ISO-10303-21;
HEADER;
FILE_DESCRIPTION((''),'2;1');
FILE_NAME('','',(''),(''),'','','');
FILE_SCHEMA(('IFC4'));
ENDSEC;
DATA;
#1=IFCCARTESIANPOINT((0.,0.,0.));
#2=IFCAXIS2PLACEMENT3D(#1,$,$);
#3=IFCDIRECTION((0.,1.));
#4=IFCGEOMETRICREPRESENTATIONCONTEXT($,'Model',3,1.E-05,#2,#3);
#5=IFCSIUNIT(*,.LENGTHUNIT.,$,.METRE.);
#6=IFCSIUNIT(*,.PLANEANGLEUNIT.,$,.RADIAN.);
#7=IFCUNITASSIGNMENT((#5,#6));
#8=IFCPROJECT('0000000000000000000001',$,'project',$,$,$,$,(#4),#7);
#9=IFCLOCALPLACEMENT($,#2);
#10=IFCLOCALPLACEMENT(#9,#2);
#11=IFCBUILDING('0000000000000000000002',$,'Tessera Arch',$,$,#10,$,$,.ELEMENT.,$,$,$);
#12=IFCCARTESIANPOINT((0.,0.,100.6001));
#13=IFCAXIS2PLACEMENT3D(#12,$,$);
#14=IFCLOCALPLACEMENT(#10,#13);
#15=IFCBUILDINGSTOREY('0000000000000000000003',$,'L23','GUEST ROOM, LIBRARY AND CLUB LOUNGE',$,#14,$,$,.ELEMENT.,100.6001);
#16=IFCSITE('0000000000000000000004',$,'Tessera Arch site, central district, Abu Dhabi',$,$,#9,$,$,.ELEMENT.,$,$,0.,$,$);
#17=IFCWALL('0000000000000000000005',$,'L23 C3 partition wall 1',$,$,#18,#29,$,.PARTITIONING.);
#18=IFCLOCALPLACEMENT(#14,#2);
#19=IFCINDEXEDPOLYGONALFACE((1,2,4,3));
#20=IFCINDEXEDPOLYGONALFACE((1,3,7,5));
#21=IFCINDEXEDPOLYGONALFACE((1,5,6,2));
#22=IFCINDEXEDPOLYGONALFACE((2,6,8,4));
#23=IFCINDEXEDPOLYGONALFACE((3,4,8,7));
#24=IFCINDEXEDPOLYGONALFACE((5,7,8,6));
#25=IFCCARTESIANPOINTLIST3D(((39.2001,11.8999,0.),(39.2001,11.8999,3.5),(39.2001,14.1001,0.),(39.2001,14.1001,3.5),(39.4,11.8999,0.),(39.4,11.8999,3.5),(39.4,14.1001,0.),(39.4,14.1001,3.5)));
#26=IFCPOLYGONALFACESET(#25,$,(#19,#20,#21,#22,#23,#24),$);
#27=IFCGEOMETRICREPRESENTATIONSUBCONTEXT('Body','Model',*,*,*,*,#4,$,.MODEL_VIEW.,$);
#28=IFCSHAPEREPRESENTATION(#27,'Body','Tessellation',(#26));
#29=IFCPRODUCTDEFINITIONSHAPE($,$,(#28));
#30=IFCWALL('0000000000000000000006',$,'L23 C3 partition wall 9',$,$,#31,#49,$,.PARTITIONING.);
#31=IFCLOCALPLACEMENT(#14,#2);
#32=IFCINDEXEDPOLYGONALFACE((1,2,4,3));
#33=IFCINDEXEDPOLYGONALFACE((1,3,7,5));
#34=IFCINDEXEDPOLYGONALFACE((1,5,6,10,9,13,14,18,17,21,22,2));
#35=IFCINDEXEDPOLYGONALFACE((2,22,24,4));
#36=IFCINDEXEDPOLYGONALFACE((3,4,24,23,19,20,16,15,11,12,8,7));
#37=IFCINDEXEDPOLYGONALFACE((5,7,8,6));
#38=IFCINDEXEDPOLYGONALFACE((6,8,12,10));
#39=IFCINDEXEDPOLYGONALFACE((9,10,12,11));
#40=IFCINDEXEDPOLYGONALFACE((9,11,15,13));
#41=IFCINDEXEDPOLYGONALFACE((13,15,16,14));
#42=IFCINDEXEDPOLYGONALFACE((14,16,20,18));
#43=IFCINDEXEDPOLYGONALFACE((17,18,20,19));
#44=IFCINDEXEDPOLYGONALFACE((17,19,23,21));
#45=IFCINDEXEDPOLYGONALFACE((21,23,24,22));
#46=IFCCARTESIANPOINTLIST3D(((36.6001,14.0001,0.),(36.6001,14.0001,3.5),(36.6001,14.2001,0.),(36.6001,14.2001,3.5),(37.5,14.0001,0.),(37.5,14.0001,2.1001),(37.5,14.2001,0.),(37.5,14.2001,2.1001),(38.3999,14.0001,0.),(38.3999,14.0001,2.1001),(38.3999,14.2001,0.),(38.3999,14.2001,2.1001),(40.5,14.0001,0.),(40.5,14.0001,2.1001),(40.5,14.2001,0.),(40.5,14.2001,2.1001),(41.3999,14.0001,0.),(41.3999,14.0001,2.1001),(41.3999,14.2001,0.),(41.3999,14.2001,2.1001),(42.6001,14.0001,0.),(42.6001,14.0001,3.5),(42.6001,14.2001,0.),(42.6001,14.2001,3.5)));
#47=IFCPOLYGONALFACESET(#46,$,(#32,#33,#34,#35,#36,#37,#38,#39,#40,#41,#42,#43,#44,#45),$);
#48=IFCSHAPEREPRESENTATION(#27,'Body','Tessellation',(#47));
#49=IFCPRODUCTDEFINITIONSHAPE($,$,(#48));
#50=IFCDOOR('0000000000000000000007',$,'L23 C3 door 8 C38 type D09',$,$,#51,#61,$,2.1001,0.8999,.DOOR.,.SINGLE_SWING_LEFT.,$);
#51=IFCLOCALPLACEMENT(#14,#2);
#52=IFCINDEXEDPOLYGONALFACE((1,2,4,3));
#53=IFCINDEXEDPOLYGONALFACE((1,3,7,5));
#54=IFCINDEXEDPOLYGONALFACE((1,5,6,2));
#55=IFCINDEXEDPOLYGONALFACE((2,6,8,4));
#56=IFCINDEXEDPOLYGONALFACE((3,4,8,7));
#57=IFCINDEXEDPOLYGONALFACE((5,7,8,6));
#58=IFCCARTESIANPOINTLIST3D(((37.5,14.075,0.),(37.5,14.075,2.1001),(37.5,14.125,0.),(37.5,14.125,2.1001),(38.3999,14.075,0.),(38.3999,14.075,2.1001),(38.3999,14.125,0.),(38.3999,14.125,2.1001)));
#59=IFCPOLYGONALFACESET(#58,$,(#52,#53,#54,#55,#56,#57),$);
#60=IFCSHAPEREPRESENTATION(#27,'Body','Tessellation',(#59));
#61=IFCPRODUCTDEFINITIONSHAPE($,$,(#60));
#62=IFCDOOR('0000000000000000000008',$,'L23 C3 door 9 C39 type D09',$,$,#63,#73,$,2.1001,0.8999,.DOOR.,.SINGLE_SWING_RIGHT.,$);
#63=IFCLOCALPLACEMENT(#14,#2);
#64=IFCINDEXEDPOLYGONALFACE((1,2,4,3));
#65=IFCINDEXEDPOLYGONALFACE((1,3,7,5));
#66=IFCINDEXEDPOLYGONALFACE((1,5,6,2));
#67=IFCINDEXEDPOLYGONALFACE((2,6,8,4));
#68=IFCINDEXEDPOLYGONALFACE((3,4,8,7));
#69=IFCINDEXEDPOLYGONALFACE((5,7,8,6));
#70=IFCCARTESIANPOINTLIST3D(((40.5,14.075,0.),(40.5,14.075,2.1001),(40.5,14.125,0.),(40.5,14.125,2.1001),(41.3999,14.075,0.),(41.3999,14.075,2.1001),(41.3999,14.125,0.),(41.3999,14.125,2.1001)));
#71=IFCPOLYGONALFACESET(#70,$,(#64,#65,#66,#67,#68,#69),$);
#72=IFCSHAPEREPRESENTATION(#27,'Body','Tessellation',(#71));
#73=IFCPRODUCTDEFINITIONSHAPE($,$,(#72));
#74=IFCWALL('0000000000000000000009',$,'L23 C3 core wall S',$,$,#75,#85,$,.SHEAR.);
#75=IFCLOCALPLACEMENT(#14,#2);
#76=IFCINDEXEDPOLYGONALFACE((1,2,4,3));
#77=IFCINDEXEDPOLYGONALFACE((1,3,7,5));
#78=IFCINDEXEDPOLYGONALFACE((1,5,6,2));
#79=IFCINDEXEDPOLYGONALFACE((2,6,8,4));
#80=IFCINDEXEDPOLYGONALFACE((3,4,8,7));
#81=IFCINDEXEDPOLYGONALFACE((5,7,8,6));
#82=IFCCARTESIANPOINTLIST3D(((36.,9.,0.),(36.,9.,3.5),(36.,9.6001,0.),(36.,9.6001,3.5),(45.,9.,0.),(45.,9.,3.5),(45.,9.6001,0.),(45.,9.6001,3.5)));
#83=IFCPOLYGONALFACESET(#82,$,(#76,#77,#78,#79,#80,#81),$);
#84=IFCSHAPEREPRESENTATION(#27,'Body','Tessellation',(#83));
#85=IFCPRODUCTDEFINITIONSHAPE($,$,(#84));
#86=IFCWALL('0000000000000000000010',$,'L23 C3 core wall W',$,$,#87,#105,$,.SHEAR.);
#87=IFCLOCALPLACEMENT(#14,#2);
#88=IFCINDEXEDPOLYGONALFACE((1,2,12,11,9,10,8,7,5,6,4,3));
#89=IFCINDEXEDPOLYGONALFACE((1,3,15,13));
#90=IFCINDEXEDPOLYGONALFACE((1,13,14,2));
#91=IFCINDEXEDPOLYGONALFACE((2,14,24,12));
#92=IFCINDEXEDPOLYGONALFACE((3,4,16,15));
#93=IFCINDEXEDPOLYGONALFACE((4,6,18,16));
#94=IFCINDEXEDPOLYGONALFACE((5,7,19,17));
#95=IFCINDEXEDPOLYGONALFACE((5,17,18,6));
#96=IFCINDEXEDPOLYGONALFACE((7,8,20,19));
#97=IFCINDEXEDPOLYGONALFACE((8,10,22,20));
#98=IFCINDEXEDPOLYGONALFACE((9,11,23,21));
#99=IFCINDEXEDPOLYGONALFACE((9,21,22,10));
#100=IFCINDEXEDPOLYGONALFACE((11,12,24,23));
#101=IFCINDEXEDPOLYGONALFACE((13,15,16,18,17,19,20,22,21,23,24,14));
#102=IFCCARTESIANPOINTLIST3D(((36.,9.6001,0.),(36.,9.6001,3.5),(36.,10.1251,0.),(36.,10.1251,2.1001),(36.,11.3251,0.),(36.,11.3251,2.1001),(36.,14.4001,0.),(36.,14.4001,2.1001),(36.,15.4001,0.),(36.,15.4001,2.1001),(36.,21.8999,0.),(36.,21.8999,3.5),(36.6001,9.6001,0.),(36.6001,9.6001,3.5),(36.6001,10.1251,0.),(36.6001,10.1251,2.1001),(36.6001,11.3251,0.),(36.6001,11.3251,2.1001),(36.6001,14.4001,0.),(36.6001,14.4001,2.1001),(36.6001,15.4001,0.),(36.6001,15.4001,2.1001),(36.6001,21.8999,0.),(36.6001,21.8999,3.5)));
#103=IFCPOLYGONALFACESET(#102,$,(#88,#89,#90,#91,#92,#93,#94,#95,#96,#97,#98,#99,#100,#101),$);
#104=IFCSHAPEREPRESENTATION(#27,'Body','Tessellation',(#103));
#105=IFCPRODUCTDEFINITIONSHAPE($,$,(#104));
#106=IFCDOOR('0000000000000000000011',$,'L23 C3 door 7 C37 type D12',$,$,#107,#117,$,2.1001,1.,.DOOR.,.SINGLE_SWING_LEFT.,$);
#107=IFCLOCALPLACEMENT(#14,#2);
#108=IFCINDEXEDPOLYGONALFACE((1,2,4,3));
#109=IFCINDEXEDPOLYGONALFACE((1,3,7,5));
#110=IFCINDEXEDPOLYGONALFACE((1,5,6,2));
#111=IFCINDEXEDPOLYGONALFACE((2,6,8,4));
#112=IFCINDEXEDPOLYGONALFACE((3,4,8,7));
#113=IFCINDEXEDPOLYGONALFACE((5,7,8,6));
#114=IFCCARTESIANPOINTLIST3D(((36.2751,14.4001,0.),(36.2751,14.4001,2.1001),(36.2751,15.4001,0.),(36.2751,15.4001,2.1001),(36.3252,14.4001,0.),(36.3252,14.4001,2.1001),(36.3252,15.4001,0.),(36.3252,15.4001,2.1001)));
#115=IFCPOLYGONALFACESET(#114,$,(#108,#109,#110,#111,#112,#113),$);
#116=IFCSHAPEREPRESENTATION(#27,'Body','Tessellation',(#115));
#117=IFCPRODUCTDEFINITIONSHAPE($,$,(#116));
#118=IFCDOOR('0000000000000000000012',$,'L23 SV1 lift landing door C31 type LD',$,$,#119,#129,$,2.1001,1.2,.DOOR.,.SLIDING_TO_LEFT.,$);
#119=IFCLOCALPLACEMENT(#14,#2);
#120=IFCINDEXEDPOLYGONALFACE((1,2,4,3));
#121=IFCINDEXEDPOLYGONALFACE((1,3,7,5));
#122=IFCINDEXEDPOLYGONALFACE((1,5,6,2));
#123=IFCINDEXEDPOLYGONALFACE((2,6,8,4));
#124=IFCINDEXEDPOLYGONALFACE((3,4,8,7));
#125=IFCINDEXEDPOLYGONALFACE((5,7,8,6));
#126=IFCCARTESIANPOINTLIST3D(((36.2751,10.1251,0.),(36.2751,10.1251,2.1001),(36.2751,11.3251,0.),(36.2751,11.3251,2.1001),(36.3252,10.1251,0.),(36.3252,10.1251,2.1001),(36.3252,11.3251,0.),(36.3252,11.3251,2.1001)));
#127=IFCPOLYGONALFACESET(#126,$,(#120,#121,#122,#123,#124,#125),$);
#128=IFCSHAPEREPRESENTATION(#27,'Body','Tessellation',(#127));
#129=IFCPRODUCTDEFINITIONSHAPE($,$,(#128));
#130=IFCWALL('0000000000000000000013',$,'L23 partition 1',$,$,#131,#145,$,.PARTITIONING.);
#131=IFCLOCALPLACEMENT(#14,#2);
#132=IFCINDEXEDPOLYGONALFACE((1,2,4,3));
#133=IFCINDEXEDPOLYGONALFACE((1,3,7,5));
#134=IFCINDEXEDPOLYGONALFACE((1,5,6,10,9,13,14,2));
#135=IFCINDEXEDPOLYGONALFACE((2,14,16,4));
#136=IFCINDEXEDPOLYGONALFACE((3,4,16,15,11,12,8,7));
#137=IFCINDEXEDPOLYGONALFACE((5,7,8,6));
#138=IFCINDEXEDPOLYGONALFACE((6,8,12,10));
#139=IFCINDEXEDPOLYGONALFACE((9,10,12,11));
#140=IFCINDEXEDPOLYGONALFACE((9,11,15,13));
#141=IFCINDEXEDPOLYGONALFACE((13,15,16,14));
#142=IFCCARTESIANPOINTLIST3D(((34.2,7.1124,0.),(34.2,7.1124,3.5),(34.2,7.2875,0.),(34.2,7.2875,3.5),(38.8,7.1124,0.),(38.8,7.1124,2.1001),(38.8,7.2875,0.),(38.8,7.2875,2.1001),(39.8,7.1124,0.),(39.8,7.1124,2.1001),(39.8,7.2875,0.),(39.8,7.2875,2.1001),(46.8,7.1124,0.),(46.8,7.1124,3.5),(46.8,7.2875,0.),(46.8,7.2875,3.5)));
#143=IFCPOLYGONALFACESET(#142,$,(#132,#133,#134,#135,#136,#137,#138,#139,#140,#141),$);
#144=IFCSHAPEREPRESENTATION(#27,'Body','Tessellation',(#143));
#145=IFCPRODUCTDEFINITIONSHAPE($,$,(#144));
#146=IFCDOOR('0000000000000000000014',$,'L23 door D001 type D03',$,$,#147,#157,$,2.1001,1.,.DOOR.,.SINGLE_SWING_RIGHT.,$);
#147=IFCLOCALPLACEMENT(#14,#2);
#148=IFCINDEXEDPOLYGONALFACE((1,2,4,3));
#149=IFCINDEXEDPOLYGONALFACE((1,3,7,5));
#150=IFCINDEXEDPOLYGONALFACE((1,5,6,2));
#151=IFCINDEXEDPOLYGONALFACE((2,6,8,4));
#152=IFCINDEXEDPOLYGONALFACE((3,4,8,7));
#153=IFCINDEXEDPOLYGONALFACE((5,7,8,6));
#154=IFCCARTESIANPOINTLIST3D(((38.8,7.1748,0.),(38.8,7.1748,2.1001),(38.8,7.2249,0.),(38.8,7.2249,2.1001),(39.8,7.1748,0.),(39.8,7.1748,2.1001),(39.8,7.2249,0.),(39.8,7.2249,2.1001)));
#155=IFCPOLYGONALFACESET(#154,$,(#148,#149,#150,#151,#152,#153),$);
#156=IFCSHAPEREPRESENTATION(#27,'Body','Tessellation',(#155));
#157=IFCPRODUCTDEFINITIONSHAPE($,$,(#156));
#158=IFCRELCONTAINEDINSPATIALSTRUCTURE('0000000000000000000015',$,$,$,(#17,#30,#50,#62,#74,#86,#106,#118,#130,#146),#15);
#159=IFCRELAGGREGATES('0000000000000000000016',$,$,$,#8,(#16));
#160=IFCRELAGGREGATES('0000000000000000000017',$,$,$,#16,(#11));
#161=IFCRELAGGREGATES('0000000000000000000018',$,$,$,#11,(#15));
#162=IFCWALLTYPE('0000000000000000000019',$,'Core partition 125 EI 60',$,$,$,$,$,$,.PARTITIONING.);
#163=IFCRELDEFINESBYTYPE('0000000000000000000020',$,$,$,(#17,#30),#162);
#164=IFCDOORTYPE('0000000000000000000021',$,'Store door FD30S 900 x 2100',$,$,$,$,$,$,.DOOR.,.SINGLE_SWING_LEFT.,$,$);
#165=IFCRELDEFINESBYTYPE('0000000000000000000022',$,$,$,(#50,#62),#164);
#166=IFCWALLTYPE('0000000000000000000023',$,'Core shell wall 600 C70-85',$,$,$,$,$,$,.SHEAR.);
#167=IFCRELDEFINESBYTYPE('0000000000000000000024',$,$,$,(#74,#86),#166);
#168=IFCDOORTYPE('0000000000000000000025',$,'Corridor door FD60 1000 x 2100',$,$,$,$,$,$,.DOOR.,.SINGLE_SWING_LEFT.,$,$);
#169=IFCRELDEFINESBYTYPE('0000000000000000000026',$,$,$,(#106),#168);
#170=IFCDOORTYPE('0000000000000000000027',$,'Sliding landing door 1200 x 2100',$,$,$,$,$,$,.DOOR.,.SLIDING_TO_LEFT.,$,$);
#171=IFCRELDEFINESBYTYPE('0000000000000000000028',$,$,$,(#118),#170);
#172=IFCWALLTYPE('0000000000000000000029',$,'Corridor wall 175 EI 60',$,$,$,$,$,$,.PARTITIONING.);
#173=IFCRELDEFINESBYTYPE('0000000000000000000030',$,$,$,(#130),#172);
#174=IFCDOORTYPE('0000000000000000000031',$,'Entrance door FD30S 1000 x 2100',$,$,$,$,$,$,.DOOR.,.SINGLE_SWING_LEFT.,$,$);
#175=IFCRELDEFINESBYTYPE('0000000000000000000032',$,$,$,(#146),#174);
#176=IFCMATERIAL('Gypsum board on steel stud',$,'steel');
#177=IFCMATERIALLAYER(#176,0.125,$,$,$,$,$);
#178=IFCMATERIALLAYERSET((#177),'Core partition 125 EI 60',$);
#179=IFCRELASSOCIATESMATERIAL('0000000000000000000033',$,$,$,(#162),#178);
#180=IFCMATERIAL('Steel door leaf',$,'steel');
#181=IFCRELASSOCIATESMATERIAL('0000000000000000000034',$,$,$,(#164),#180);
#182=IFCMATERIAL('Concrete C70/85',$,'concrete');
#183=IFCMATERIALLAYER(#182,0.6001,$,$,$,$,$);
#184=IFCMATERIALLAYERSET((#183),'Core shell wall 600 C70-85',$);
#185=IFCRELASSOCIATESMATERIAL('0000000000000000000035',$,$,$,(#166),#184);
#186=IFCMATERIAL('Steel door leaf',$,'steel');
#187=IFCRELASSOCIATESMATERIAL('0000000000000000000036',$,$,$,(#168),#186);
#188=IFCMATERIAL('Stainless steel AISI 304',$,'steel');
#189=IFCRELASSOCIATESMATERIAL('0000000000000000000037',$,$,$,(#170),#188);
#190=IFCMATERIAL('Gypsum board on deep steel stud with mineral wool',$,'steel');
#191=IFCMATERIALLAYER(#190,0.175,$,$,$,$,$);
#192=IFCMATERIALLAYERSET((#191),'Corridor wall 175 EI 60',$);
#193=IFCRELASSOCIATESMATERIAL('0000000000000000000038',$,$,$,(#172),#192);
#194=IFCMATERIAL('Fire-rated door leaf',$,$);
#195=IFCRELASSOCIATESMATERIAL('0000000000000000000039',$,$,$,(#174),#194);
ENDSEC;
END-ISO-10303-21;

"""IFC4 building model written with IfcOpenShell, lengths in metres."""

from ifc_helpers import new_model, si_unit, direction, frame, frame_2d, origin, place, context, subcontext, project, spatial, rectangle, extrude, material, layer, layer_set, type_object, element, fill, save


model = new_model("IFC4")

# Units and contexts
model_context = context("Model", 3, precision=1e-05, world=origin(), true_north=direction((0.0, 1.0)))
body_context = subcontext(model_context, "Body", "Model", "MODEL_VIEW")
ifc_project = project(units=[si_unit("LENGTHUNIT", "METRE"), si_unit("PLANEANGLEUNIT", "RADIAN")], contexts=[model_context])

# Site, building, storey
site_placement = place(None, origin())
site = spatial("IfcSite", under=ifc_project, at=site_placement, Name="Tessera Arch site, central district, Abu Dhabi", CompositionType="ELEMENT", RefElevation=0.0)
building_placement = place(site_placement, origin())
building = spatial("IfcBuilding", under=site, at=building_placement, Name="Tessera Arch", CompositionType="ELEMENT")
storey_placement = place(building_placement, frame((0.0, 0.0, 100.6001)))
storey = spatial("IfcBuildingStorey", under=building, at=storey_placement, Name="L23", Description="GUEST ROOM, LIBRARY AND CLUB LOUNGE", CompositionType="ELEMENT", Elevation=100.6001)

# Wall
ifc_material_1 = material(Name="Gypsum board on steel stud", Category="steel")
ifc_layer_1 = layer(ifc_material_1, 0.125)
ifc_layer_set_1 = layer_set([ifc_layer_1], Name="Core partition 125 EI 60")
wall_type_1 = type_object("IfcWallType", Name="Core partition 125 EI 60", PredefinedType="PARTITIONING", material=ifc_layer_set_1)
wall_1_placement = place(storey_placement, frame((39.3, 11.8999, 0.0), z_axis=(0.0, 0.0, 1.0), x_axis=(0.0, 1.0, 0.0)))
element("IfcWall", 1, at=wall_1_placement, inside=storey, type_object=wall_type_1, Name="L23 C3 partition wall 1", PredefinedType="PARTITIONING", context=body_context, shape_type="SweptSolid", body=[
    extrude(rectangle(XDim=2.2002, YDim=0.2, at=frame_2d((1.1001, 0.0))), origin(), (0.0, 0.0, 1.0), 3.5),
])

# Wall, openings, doors
wall_2_placement = place(storey_placement, frame((36.6001, 14.1001, 0.0), z_axis=(0.0, 0.0, 1.0), x_axis=(1.0, 0.0, 0.0)))
wall_2 = element("IfcWall", 2, at=wall_2_placement, inside=storey, type_object=wall_type_1, Name="L23 C3 partition wall 9", PredefinedType="PARTITIONING", context=body_context, shape_type="SweptSolid", body=[
    extrude(rectangle(XDim=6.0, YDim=0.2, at=frame_2d((3.0, 0.0))), origin(), (0.0, 0.0, 1.0), 3.5),
])
opening_1_placement = place(wall_2_placement, frame((0.8999, 0.0, 0.0)))
opening_1 = element("IfcOpeningElement", 3, at=opening_1_placement, cuts=wall_2, PredefinedType="OPENING", context=body_context, shape_type="SweptSolid", body=[
    extrude(rectangle(XDim=0.8999, YDim=2.1001, at=frame_2d((0.45, 1.05))), frame((0.0, 0.1099, 0.0), z_axis=(0.0, -1.0, 0.0), x_axis=(1.0, 0.0, 0.0)), (0.0, 0.0, 1.0), 0.22),
])
opening_2_placement = place(wall_2_placement, frame((3.8999, 0.0, 0.0)))
opening_2 = element("IfcOpeningElement", 4, at=opening_2_placement, cuts=wall_2, PredefinedType="OPENING", context=body_context, shape_type="SweptSolid", body=[
    extrude(rectangle(XDim=0.8999, YDim=2.1001, at=frame_2d((0.45, 1.05))), frame((0.0, 0.1099, 0.0), z_axis=(0.0, -1.0, 0.0), x_axis=(1.0, 0.0, 0.0)), (0.0, 0.0, 1.0), 0.22),
])
ifc_material_2 = material(Name="Steel door leaf", Category="steel")
door_type_1 = type_object("IfcDoorType", Name="Store door FD30S 900 x 2100", OperationType="SINGLE_SWING_LEFT", PredefinedType="DOOR", material=ifc_material_2)
door_1_placement = place(opening_1_placement, origin())
door_1 = element("IfcDoor", 5, at=door_1_placement, inside=storey, type_object=door_type_1, Name="L23 C3 door 8 C38 type D09", OperationType="SINGLE_SWING_LEFT", OverallHeight=2.1001, OverallWidth=0.8999, PredefinedType="DOOR", context=body_context, shape_type="SweptSolid", body=[
    extrude(rectangle(XDim=0.8999, YDim=2.1001, at=frame_2d((0.45, 1.05))), frame((0.0, 0.0249, 0.0), z_axis=(0.0, -1.0, 0.0), x_axis=(1.0, 0.0, 0.0)), (0.0, 0.0, 1.0), 0.05),
])
fill(opening_1, door_1)
door_2_placement = place(opening_2_placement, origin())
door_2 = element("IfcDoor", 6, at=door_2_placement, inside=storey, type_object=door_type_1, Name="L23 C3 door 9 C39 type D09", OperationType="SINGLE_SWING_RIGHT", OverallHeight=2.1001, OverallWidth=0.8999, PredefinedType="DOOR", context=body_context, shape_type="SweptSolid", body=[
    extrude(rectangle(XDim=0.8999, YDim=2.1001, at=frame_2d((0.45, 1.05))), frame((0.0, 0.0249, 0.0), z_axis=(0.0, -1.0, 0.0), x_axis=(1.0, 0.0, 0.0)), (0.0, 0.0, 1.0), 0.05),
])
fill(opening_2, door_2)

# Wall
ifc_material_3 = material(Name="Concrete C70/85", Category="concrete")
ifc_layer_2 = layer(ifc_material_3, 0.6001)
ifc_layer_set_2 = layer_set([ifc_layer_2], Name="Core shell wall 600 C70-85")
wall_type_2 = type_object("IfcWallType", Name="Core shell wall 600 C70-85", PredefinedType="SHEAR", material=ifc_layer_set_2)
wall_3_placement = place(storey_placement, frame((36.0, 9.3, 0.0), z_axis=(0.0, 0.0, 1.0), x_axis=(1.0, 0.0, 0.0)))
element("IfcWall", 7, at=wall_3_placement, inside=storey, type_object=wall_type_2, Name="L23 C3 core wall S", PredefinedType="SHEAR", context=body_context, shape_type="SweptSolid", body=[
    extrude(rectangle(XDim=9.0, YDim=0.6001, at=frame_2d((4.5, 0.0))), origin(), (0.0, 0.0, 1.0), 3.5),
])

# Wall, openings, doors
wall_4_placement = place(storey_placement, frame((36.3, 9.6001, 0.0), z_axis=(0.0, 0.0, 1.0), x_axis=(0.0, 1.0, 0.0)))
wall_4 = element("IfcWall", 8, at=wall_4_placement, inside=storey, type_object=wall_type_2, Name="L23 C3 core wall W", PredefinedType="SHEAR", context=body_context, shape_type="SweptSolid", body=[
    extrude(rectangle(XDim=12.2998, YDim=0.6001, at=frame_2d((6.1499, 0.0))), origin(), (0.0, 0.0, 1.0), 3.5),
])
opening_3_placement = place(wall_4_placement, frame((0.5249, 0.0, 0.0)))
opening_3 = element("IfcOpeningElement", 9, at=opening_3_placement, cuts=wall_4, PredefinedType="OPENING", context=body_context, shape_type="SweptSolid", body=[
    extrude(rectangle(XDim=1.2, YDim=2.1001, at=frame_2d((0.6001, 1.05))), frame((0.0, 0.3101, 0.0), z_axis=(0.0, -1.0, 0.0), x_axis=(1.0, 0.0, 0.0)), (0.0, 0.0, 1.0), 0.6201),
])
opening_4_placement = place(wall_4_placement, frame((4.8, 0.0, 0.0)))
opening_4 = element("IfcOpeningElement", 10, at=opening_4_placement, cuts=wall_4, PredefinedType="OPENING", context=body_context, shape_type="SweptSolid", body=[
    extrude(rectangle(XDim=1.0, YDim=2.1001, at=frame_2d((0.5, 1.05))), frame((0.0, 0.3101, 0.0), z_axis=(0.0, -1.0, 0.0), x_axis=(1.0, 0.0, 0.0)), (0.0, 0.0, 1.0), 0.6201),
])
ifc_material_4 = material(Name="Steel door leaf", Category="steel")
door_type_2 = type_object("IfcDoorType", Name="Corridor door FD60 1000 x 2100", OperationType="SINGLE_SWING_LEFT", PredefinedType="DOOR", material=ifc_material_4)
door_3_placement = place(opening_4_placement, origin())
door_3 = element("IfcDoor", 11, at=door_3_placement, inside=storey, type_object=door_type_2, Name="L23 C3 door 7 C37 type D12", OperationType="SINGLE_SWING_LEFT", OverallHeight=2.1001, OverallWidth=1.0, PredefinedType="DOOR", context=body_context, shape_type="SweptSolid", body=[
    extrude(rectangle(XDim=1.0, YDim=2.1001, at=frame_2d((0.5, 1.05))), frame((0.0, 0.0249, 0.0), z_axis=(0.0, -1.0, 0.0), x_axis=(1.0, 0.0, 0.0)), (0.0, 0.0, 1.0), 0.05),
])
fill(opening_4, door_3)
ifc_material_5 = material(Name="Stainless steel AISI 304", Category="steel")
door_type_3 = type_object("IfcDoorType", Name="Sliding landing door 1200 x 2100", OperationType="SLIDING_TO_LEFT", PredefinedType="DOOR", material=ifc_material_5)
door_4_placement = place(opening_3_placement, origin())
door_4 = element("IfcDoor", 12, at=door_4_placement, inside=storey, type_object=door_type_3, Name="L23 SV1 lift landing door C31 type LD", OperationType="SLIDING_TO_LEFT", OverallHeight=2.1001, OverallWidth=1.2, PredefinedType="DOOR", context=body_context, shape_type="SweptSolid", body=[
    extrude(rectangle(XDim=1.2, YDim=2.1001, at=frame_2d((0.6001, 1.05))), frame((0.0, 0.0249, 0.0), z_axis=(0.0, -1.0, 0.0), x_axis=(1.0, 0.0, 0.0)), (0.0, 0.0, 1.0), 0.05),
])
fill(opening_3, door_4)

# Wall, opening, door
ifc_material_6 = material(Name="Gypsum board on deep steel stud with mineral wool", Category="steel")
ifc_layer_3 = layer(ifc_material_6, 0.175)
ifc_layer_set_3 = layer_set([ifc_layer_3], Name="Corridor wall 175 EI 60")
wall_type_3 = type_object("IfcWallType", Name="Corridor wall 175 EI 60", PredefinedType="PARTITIONING", material=ifc_layer_set_3)
wall_5_placement = place(storey_placement, frame((34.2, 7.2, 0.0), z_axis=(0.0, 0.0, 1.0), x_axis=(1.0, 0.0, 0.0)))
wall_5 = element("IfcWall", 13, at=wall_5_placement, inside=storey, type_object=wall_type_3, Name="L23 partition 1", PredefinedType="PARTITIONING", context=body_context, shape_type="SweptSolid", body=[
    extrude(rectangle(XDim=12.6001, YDim=0.175, at=frame_2d((6.3, 0.0))), origin(), (0.0, 0.0, 1.0), 3.5),
])
opening_5_placement = place(wall_5_placement, frame((4.6001, 0.0, 0.0)))
opening_5 = element("IfcOpeningElement", 14, at=opening_5_placement, cuts=wall_5, PredefinedType="OPENING", context=body_context, shape_type="SweptSolid", body=[
    extrude(rectangle(XDim=1.0, YDim=2.1001, at=frame_2d((0.5, 1.05))), frame((0.0, 0.0974, 0.0), z_axis=(0.0, -1.0, 0.0), x_axis=(1.0, 0.0, 0.0)), (0.0, 0.0, 1.0), 0.1951),
])
ifc_material_7 = material(Name="Fire-rated door leaf")
door_type_4 = type_object("IfcDoorType", Name="Entrance door FD30S 1000 x 2100", OperationType="SINGLE_SWING_LEFT", PredefinedType="DOOR", material=ifc_material_7)
door_5_placement = place(opening_5_placement, origin())
door_5 = element("IfcDoor", 15, at=door_5_placement, inside=storey, type_object=door_type_4, Name="L23 door D001 type D03", OperationType="SINGLE_SWING_RIGHT", OverallHeight=2.1001, OverallWidth=1.0, PredefinedType="DOOR", context=body_context, shape_type="SweptSolid", body=[
    extrude(rectangle(XDim=1.0, YDim=2.1001, at=frame_2d((0.5, 1.05))), frame((0.0, 0.0249, 0.0), z_axis=(0.0, -1.0, 0.0), x_axis=(1.0, 0.0, 0.0)), (0.0, 0.0, 1.0), 0.05),
])
fill(opening_5, door_5)

save(model, "model.ifc")
